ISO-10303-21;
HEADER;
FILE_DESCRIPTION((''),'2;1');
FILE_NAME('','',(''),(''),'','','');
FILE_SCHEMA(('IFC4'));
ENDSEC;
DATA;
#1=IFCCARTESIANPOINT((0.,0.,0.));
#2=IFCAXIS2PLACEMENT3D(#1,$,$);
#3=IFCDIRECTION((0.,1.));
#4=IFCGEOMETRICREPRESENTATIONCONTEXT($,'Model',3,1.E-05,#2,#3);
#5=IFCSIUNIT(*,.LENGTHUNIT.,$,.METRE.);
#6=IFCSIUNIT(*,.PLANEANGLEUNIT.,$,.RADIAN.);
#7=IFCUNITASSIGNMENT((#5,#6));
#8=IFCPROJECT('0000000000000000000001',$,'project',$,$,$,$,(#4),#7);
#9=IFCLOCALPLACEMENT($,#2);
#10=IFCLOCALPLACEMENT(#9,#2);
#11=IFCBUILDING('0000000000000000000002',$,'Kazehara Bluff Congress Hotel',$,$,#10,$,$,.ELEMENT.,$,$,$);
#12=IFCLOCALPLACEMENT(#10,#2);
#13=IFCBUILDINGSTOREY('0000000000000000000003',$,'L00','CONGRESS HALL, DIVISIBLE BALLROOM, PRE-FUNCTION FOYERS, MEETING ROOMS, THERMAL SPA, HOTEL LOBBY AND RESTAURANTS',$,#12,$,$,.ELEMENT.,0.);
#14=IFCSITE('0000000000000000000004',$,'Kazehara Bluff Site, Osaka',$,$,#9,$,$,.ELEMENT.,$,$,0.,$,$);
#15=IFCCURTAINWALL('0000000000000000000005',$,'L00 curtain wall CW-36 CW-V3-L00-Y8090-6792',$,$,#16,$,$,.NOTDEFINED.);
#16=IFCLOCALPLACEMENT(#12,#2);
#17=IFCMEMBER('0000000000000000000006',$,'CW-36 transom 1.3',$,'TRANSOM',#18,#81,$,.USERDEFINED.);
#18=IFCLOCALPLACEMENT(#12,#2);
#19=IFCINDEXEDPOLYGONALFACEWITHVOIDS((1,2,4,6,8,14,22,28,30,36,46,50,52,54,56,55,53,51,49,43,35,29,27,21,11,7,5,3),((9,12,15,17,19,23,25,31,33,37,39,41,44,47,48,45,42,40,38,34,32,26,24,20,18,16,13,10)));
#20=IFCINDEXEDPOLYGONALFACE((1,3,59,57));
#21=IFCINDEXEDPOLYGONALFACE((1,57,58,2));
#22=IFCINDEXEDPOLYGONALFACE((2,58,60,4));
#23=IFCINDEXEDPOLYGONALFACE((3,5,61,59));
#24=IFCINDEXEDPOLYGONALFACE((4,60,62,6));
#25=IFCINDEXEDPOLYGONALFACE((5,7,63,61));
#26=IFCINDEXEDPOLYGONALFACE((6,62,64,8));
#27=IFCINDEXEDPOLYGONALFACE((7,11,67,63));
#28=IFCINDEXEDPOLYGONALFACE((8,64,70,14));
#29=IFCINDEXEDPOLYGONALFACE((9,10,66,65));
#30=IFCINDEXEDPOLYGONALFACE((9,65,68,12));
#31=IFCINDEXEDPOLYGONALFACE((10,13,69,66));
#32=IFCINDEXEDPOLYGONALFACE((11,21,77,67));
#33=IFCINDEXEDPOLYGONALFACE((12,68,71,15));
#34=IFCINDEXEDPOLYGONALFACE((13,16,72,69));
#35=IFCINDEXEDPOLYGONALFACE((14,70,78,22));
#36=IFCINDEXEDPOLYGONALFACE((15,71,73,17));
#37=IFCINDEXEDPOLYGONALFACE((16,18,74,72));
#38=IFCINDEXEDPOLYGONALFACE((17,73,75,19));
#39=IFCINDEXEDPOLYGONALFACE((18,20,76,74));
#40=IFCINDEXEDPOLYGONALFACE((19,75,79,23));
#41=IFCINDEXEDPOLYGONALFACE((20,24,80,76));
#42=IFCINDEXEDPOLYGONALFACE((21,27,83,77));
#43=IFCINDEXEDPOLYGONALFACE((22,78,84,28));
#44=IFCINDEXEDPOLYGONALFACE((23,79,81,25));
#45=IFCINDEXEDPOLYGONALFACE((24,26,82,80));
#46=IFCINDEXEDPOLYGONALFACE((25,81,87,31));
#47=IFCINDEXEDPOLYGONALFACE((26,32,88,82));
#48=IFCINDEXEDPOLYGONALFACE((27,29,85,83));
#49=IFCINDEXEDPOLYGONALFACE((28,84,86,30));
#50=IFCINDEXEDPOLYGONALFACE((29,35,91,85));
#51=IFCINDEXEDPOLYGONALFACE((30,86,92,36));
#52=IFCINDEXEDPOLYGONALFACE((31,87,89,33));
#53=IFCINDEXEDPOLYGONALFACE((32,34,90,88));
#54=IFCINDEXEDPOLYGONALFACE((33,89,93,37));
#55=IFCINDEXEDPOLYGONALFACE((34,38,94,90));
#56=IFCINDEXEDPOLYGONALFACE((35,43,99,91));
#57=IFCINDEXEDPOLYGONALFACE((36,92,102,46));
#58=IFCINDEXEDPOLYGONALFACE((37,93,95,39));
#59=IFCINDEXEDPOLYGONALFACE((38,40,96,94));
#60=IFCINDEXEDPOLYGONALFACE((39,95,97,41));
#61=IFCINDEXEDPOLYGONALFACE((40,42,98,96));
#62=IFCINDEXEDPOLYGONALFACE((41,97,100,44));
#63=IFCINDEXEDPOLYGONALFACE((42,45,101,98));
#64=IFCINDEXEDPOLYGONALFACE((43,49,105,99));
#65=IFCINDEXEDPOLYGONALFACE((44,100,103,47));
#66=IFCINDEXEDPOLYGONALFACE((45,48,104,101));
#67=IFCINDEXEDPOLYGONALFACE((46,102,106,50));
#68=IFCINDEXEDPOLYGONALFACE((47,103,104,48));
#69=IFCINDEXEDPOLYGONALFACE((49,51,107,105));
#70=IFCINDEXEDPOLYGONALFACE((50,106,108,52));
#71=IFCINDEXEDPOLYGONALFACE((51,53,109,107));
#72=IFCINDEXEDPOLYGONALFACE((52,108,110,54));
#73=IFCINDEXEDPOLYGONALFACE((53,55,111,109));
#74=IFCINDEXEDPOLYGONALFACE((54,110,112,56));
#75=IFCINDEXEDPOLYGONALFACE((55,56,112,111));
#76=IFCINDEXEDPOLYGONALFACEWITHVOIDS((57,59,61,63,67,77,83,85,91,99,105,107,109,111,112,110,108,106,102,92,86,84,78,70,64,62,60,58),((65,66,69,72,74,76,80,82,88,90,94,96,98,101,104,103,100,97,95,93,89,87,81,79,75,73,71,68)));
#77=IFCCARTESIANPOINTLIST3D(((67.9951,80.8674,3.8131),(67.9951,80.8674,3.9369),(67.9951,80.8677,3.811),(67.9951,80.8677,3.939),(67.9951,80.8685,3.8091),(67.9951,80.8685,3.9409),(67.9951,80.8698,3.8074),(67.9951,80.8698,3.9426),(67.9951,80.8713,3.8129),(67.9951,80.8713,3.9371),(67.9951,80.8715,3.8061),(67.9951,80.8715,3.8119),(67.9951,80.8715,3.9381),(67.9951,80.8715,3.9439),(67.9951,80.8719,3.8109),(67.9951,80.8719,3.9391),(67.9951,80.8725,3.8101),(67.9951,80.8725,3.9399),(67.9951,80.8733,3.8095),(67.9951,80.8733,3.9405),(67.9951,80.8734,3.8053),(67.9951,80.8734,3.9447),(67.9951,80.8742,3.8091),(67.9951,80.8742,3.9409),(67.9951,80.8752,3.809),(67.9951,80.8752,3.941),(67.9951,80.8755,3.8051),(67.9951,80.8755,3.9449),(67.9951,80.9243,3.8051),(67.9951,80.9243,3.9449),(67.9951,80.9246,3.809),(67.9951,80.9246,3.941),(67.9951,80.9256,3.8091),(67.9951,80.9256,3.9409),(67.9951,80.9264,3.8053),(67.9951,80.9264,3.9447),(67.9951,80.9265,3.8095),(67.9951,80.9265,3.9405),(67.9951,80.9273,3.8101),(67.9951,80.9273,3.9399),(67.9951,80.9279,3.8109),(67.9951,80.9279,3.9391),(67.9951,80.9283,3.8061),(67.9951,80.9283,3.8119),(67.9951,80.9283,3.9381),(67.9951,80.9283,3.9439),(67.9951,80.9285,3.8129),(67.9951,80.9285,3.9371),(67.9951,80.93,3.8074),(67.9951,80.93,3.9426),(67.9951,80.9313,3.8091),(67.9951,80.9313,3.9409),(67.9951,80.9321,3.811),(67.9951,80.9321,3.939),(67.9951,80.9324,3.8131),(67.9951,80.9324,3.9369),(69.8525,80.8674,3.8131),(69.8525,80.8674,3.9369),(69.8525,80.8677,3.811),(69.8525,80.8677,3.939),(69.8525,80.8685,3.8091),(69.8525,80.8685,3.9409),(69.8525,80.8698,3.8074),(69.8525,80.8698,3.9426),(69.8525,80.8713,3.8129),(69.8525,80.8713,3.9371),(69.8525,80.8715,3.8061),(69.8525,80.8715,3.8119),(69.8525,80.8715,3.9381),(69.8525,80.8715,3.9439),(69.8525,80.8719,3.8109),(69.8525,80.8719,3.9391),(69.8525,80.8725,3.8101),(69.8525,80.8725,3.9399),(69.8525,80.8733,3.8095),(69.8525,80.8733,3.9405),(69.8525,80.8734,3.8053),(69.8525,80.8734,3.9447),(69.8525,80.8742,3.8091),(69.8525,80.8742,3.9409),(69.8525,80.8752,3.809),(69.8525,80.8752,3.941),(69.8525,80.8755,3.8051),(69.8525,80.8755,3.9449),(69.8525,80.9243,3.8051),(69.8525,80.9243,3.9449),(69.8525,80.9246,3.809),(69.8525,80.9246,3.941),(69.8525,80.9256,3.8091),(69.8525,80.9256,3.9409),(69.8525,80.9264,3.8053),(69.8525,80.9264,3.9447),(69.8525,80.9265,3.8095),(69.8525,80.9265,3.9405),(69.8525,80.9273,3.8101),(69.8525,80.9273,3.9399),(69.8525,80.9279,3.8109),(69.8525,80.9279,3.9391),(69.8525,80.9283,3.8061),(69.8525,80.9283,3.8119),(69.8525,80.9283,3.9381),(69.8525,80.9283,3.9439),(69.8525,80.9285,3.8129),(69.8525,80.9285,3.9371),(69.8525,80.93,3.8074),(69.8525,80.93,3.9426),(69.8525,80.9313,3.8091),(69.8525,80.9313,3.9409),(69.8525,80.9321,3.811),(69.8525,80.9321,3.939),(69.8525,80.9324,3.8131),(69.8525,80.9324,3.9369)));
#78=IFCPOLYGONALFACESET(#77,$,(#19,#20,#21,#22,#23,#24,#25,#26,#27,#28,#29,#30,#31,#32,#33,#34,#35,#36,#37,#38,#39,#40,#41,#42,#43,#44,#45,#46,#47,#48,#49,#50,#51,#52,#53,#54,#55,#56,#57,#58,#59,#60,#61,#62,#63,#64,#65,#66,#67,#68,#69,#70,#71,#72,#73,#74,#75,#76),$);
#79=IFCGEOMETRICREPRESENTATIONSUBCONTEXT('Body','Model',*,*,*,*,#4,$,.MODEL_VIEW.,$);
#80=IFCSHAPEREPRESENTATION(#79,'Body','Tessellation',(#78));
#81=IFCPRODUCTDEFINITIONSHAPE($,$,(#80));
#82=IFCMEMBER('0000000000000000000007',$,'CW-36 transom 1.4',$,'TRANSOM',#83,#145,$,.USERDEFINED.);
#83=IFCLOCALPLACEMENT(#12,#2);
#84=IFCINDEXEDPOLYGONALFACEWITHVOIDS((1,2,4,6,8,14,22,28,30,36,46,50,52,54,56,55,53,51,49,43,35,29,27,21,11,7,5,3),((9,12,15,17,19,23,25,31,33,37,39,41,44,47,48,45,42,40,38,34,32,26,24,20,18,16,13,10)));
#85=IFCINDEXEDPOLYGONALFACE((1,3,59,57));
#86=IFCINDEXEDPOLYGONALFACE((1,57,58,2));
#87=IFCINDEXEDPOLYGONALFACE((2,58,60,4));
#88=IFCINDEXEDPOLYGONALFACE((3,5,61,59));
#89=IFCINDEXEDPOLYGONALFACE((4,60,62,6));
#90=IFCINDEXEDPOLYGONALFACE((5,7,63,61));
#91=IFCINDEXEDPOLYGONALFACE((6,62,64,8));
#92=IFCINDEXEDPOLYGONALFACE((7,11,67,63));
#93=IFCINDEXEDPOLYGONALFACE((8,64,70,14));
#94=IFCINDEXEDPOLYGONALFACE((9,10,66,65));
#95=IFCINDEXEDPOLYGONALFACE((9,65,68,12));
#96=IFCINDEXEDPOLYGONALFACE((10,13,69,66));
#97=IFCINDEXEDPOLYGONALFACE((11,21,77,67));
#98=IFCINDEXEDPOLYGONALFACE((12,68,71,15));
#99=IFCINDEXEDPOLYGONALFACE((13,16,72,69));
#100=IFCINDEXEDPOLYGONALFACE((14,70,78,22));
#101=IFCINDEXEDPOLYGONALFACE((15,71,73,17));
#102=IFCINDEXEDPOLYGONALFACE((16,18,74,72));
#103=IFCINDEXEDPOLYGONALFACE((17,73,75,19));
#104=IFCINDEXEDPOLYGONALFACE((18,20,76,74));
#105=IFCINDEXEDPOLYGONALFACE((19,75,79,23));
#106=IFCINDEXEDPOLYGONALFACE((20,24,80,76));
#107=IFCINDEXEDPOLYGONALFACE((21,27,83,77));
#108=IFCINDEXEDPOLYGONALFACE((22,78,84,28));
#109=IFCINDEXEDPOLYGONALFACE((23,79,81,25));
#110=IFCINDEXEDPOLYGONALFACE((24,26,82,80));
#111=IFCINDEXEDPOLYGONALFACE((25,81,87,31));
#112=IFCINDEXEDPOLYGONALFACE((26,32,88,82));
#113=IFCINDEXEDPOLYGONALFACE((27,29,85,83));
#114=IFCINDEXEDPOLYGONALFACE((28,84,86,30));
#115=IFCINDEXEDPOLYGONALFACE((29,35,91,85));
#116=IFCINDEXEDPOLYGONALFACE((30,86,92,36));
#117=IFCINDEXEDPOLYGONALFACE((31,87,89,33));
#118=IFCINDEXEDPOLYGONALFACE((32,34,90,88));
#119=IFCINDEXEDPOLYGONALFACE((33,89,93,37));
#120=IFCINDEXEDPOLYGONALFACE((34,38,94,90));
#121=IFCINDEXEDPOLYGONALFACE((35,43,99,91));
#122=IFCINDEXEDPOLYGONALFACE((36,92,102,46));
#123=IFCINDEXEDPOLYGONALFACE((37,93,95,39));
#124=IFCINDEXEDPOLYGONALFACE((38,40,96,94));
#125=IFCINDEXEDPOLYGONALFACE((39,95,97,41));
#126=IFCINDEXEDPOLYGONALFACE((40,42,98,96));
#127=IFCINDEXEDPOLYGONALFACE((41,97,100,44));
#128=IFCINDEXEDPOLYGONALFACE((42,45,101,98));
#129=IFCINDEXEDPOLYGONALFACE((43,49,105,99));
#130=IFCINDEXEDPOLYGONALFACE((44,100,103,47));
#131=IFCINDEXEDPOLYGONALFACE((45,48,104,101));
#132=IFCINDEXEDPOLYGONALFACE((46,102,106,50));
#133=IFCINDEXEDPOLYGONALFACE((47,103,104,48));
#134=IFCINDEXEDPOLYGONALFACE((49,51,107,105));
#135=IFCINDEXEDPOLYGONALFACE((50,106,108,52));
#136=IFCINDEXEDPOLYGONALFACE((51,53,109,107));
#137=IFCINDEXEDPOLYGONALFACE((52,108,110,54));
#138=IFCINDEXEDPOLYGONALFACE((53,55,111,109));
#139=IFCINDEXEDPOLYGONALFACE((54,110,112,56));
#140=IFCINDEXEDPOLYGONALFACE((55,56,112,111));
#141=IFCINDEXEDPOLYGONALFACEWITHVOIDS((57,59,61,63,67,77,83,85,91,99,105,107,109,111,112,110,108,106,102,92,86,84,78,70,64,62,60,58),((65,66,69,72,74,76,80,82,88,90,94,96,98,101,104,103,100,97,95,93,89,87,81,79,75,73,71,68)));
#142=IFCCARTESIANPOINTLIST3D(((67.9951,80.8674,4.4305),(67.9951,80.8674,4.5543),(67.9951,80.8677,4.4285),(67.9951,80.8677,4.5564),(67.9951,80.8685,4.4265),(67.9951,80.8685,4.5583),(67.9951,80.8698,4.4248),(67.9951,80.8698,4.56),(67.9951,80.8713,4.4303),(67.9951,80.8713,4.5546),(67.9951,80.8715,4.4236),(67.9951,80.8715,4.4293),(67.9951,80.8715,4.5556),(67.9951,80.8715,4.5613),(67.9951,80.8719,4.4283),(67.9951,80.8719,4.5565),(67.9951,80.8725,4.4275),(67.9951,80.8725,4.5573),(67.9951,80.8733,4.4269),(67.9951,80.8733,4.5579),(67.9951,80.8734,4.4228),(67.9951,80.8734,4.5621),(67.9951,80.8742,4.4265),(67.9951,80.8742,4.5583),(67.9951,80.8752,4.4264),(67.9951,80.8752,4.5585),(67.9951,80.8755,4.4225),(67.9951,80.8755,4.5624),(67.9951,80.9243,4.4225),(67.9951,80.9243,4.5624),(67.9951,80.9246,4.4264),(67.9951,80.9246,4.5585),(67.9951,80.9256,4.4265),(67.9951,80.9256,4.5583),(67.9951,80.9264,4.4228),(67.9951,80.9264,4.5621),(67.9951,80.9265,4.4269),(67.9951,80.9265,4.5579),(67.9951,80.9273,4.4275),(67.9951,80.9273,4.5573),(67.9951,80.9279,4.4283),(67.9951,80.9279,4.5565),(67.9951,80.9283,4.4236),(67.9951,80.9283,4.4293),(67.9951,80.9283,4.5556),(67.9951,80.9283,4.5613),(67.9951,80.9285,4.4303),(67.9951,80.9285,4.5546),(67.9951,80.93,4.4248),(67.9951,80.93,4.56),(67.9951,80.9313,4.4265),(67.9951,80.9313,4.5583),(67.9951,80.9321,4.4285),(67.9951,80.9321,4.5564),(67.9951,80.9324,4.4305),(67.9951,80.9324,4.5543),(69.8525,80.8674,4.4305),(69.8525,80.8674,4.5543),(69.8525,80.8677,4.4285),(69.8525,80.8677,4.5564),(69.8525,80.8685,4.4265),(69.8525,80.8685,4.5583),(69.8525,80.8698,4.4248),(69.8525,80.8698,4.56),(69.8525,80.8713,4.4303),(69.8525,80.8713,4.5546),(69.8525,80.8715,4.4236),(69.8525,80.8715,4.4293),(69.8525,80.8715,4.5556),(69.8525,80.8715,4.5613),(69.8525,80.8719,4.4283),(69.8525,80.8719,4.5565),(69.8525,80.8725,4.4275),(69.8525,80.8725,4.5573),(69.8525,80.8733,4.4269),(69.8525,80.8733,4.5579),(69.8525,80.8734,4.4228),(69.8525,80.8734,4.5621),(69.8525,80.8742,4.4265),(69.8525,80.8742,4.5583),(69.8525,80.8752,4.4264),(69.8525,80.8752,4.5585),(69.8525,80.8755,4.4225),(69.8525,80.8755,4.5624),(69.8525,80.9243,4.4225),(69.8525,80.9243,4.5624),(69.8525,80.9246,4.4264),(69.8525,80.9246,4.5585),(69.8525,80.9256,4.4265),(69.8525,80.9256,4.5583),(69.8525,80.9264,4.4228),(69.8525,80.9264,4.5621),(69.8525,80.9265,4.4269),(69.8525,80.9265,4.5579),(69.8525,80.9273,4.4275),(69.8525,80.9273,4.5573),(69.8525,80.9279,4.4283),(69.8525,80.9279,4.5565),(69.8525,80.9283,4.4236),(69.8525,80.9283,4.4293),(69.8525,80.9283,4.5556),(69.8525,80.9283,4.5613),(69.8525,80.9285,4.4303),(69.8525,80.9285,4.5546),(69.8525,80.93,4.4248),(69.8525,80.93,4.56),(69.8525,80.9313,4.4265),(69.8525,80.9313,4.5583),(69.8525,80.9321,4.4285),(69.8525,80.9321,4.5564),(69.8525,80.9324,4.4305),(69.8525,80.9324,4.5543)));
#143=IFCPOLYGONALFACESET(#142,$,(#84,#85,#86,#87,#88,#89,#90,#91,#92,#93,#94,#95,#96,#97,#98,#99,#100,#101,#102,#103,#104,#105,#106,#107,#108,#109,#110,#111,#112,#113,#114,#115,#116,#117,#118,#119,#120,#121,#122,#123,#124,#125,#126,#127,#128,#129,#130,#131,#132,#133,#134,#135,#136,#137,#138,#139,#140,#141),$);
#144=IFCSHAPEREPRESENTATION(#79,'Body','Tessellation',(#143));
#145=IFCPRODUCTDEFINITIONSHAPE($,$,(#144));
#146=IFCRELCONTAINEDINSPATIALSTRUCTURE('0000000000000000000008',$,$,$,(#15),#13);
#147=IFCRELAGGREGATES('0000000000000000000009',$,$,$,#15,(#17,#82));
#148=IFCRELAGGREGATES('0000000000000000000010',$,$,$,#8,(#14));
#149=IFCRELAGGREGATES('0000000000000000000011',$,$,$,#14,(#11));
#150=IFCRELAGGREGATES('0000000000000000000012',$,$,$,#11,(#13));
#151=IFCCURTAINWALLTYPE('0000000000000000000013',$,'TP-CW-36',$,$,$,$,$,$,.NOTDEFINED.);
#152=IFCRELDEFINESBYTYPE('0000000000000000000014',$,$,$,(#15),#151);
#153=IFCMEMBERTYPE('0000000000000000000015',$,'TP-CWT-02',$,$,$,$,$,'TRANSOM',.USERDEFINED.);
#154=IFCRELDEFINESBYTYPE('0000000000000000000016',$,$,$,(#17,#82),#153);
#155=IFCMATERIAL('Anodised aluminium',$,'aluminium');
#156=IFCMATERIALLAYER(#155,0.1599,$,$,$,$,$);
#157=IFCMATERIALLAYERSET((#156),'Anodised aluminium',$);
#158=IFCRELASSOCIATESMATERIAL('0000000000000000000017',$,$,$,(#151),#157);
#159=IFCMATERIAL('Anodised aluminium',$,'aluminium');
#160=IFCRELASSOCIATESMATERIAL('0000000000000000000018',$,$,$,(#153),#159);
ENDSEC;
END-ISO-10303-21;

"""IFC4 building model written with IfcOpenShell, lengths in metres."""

from ifc_helpers import new_model, si_unit, direction, frame, origin, origin_2d, place, context, subcontext, project, spatial, hollow_rectangle, extrude, material, layer, layer_set, material_profile, profile_set, type_object, element, aggregate, save


model = new_model("IFC4")

# Units and contexts
model_context = context("Model", 3, precision=1e-05, world=origin(), true_north=direction((0.0, 1.0)))
body_context = subcontext(model_context, "Body", "Model", "MODEL_VIEW")
ifc_project = project(units=[si_unit("LENGTHUNIT", "METRE"), si_unit("PLANEANGLEUNIT", "RADIAN")], contexts=[model_context])

# Site, building, storey
site_placement = place(None, origin())
site = spatial("IfcSite", under=ifc_project, at=site_placement, Name="Kazehara Bluff Site, Osaka", CompositionType="ELEMENT", RefElevation=0.0)
building_placement = place(site_placement, origin())
building = spatial("IfcBuilding", under=site, at=building_placement, Name="Kazehara Bluff Congress Hotel", CompositionType="ELEMENT")
storey_placement = place(building_placement, origin())
storey = spatial("IfcBuildingStorey", under=building, at=storey_placement, Name="L00", Description="CONGRESS HALL, DIVISIBLE BALLROOM, PRE-FUNCTION FOYERS, MEETING ROOMS, THERMAL SPA, HOTEL LOBBY AND RESTAURANTS", CompositionType="ELEMENT", Elevation=0.0)

# Curtain wall
ifc_material_1 = material(Name="Anodised aluminium", Category="aluminium")
ifc_layer_1 = layer(ifc_material_1, 0.1599)
ifc_layer_set_1 = layer_set([ifc_layer_1], Name="Anodised aluminium")
curtain_wall_type_1 = type_object("IfcCurtainWallType", Name="TP-CW-36", PredefinedType="NOTDEFINED", material=ifc_layer_set_1)
curtain_wall_1_placement = place(storey_placement, origin())
curtain_wall_1 = element("IfcCurtainWall", 1, at=curtain_wall_1_placement, inside=storey, type_object=curtain_wall_type_1, Name="L00 curtain wall CW-36 CW-V3-L00-Y8090-6792", PredefinedType="NOTDEFINED")
ifc_material_2 = material(Name="Anodised aluminium", Category="aluminium")
ifc_material_profile_1 = material_profile(ifc_material_2, hollow_rectangle(XDim=0.0649, YDim=0.1399, WallThickness=0.0039, InnerFilletRadius=0.0039, OuterFilletRadius=0.0081, at=origin_2d()))
ifc_profile_set_1 = profile_set([ifc_material_profile_1], Name="Anodised aluminium")
member_type_1 = type_object("IfcMemberType", Name="TP-CWT-02", ElementType="TRANSOM", PredefinedType="USERDEFINED", material=ifc_profile_set_1)

# Members
member_1_placement = place(storey_placement, frame((67.9951, 80.8999, 3.875), z_axis=(1.0, 0.0, 0.0), x_axis=(0.0, 1.0, 0.0)))
member_1 = element("IfcMember", 2, at=member_1_placement, type_object=member_type_1, Name="CW-36 transom 1.3", ObjectType="TRANSOM", PredefinedType="USERDEFINED", context=body_context, shape_type="SweptSolid", body=[
    extrude(hollow_rectangle(XDim=0.0649, YDim=0.1399, WallThickness=0.0039, InnerFilletRadius=0.0039, OuterFilletRadius=0.0081, at=origin_2d()), origin(), (0.0, 0.0, 1.0), 1.8574),
])
member_2_placement = place(storey_placement, frame((67.9951, 80.8999, 4.4924), z_axis=(1.0, 0.0, 0.0), x_axis=(0.0, 1.0, 0.0)))
member_2 = element("IfcMember", 3, at=member_2_placement, type_object=member_type_1, Name="CW-36 transom 1.4", ObjectType="TRANSOM", PredefinedType="USERDEFINED", context=body_context, shape_type="SweptSolid", body=[
    extrude(hollow_rectangle(XDim=0.0649, YDim=0.1399, WallThickness=0.0039, InnerFilletRadius=0.0039, OuterFilletRadius=0.0081, at=origin_2d()), origin(), (0.0, 0.0, 1.0), 1.8574),
])

aggregate(curtain_wall_1, [member_1, member_2])

save(model, "model.ifc")
